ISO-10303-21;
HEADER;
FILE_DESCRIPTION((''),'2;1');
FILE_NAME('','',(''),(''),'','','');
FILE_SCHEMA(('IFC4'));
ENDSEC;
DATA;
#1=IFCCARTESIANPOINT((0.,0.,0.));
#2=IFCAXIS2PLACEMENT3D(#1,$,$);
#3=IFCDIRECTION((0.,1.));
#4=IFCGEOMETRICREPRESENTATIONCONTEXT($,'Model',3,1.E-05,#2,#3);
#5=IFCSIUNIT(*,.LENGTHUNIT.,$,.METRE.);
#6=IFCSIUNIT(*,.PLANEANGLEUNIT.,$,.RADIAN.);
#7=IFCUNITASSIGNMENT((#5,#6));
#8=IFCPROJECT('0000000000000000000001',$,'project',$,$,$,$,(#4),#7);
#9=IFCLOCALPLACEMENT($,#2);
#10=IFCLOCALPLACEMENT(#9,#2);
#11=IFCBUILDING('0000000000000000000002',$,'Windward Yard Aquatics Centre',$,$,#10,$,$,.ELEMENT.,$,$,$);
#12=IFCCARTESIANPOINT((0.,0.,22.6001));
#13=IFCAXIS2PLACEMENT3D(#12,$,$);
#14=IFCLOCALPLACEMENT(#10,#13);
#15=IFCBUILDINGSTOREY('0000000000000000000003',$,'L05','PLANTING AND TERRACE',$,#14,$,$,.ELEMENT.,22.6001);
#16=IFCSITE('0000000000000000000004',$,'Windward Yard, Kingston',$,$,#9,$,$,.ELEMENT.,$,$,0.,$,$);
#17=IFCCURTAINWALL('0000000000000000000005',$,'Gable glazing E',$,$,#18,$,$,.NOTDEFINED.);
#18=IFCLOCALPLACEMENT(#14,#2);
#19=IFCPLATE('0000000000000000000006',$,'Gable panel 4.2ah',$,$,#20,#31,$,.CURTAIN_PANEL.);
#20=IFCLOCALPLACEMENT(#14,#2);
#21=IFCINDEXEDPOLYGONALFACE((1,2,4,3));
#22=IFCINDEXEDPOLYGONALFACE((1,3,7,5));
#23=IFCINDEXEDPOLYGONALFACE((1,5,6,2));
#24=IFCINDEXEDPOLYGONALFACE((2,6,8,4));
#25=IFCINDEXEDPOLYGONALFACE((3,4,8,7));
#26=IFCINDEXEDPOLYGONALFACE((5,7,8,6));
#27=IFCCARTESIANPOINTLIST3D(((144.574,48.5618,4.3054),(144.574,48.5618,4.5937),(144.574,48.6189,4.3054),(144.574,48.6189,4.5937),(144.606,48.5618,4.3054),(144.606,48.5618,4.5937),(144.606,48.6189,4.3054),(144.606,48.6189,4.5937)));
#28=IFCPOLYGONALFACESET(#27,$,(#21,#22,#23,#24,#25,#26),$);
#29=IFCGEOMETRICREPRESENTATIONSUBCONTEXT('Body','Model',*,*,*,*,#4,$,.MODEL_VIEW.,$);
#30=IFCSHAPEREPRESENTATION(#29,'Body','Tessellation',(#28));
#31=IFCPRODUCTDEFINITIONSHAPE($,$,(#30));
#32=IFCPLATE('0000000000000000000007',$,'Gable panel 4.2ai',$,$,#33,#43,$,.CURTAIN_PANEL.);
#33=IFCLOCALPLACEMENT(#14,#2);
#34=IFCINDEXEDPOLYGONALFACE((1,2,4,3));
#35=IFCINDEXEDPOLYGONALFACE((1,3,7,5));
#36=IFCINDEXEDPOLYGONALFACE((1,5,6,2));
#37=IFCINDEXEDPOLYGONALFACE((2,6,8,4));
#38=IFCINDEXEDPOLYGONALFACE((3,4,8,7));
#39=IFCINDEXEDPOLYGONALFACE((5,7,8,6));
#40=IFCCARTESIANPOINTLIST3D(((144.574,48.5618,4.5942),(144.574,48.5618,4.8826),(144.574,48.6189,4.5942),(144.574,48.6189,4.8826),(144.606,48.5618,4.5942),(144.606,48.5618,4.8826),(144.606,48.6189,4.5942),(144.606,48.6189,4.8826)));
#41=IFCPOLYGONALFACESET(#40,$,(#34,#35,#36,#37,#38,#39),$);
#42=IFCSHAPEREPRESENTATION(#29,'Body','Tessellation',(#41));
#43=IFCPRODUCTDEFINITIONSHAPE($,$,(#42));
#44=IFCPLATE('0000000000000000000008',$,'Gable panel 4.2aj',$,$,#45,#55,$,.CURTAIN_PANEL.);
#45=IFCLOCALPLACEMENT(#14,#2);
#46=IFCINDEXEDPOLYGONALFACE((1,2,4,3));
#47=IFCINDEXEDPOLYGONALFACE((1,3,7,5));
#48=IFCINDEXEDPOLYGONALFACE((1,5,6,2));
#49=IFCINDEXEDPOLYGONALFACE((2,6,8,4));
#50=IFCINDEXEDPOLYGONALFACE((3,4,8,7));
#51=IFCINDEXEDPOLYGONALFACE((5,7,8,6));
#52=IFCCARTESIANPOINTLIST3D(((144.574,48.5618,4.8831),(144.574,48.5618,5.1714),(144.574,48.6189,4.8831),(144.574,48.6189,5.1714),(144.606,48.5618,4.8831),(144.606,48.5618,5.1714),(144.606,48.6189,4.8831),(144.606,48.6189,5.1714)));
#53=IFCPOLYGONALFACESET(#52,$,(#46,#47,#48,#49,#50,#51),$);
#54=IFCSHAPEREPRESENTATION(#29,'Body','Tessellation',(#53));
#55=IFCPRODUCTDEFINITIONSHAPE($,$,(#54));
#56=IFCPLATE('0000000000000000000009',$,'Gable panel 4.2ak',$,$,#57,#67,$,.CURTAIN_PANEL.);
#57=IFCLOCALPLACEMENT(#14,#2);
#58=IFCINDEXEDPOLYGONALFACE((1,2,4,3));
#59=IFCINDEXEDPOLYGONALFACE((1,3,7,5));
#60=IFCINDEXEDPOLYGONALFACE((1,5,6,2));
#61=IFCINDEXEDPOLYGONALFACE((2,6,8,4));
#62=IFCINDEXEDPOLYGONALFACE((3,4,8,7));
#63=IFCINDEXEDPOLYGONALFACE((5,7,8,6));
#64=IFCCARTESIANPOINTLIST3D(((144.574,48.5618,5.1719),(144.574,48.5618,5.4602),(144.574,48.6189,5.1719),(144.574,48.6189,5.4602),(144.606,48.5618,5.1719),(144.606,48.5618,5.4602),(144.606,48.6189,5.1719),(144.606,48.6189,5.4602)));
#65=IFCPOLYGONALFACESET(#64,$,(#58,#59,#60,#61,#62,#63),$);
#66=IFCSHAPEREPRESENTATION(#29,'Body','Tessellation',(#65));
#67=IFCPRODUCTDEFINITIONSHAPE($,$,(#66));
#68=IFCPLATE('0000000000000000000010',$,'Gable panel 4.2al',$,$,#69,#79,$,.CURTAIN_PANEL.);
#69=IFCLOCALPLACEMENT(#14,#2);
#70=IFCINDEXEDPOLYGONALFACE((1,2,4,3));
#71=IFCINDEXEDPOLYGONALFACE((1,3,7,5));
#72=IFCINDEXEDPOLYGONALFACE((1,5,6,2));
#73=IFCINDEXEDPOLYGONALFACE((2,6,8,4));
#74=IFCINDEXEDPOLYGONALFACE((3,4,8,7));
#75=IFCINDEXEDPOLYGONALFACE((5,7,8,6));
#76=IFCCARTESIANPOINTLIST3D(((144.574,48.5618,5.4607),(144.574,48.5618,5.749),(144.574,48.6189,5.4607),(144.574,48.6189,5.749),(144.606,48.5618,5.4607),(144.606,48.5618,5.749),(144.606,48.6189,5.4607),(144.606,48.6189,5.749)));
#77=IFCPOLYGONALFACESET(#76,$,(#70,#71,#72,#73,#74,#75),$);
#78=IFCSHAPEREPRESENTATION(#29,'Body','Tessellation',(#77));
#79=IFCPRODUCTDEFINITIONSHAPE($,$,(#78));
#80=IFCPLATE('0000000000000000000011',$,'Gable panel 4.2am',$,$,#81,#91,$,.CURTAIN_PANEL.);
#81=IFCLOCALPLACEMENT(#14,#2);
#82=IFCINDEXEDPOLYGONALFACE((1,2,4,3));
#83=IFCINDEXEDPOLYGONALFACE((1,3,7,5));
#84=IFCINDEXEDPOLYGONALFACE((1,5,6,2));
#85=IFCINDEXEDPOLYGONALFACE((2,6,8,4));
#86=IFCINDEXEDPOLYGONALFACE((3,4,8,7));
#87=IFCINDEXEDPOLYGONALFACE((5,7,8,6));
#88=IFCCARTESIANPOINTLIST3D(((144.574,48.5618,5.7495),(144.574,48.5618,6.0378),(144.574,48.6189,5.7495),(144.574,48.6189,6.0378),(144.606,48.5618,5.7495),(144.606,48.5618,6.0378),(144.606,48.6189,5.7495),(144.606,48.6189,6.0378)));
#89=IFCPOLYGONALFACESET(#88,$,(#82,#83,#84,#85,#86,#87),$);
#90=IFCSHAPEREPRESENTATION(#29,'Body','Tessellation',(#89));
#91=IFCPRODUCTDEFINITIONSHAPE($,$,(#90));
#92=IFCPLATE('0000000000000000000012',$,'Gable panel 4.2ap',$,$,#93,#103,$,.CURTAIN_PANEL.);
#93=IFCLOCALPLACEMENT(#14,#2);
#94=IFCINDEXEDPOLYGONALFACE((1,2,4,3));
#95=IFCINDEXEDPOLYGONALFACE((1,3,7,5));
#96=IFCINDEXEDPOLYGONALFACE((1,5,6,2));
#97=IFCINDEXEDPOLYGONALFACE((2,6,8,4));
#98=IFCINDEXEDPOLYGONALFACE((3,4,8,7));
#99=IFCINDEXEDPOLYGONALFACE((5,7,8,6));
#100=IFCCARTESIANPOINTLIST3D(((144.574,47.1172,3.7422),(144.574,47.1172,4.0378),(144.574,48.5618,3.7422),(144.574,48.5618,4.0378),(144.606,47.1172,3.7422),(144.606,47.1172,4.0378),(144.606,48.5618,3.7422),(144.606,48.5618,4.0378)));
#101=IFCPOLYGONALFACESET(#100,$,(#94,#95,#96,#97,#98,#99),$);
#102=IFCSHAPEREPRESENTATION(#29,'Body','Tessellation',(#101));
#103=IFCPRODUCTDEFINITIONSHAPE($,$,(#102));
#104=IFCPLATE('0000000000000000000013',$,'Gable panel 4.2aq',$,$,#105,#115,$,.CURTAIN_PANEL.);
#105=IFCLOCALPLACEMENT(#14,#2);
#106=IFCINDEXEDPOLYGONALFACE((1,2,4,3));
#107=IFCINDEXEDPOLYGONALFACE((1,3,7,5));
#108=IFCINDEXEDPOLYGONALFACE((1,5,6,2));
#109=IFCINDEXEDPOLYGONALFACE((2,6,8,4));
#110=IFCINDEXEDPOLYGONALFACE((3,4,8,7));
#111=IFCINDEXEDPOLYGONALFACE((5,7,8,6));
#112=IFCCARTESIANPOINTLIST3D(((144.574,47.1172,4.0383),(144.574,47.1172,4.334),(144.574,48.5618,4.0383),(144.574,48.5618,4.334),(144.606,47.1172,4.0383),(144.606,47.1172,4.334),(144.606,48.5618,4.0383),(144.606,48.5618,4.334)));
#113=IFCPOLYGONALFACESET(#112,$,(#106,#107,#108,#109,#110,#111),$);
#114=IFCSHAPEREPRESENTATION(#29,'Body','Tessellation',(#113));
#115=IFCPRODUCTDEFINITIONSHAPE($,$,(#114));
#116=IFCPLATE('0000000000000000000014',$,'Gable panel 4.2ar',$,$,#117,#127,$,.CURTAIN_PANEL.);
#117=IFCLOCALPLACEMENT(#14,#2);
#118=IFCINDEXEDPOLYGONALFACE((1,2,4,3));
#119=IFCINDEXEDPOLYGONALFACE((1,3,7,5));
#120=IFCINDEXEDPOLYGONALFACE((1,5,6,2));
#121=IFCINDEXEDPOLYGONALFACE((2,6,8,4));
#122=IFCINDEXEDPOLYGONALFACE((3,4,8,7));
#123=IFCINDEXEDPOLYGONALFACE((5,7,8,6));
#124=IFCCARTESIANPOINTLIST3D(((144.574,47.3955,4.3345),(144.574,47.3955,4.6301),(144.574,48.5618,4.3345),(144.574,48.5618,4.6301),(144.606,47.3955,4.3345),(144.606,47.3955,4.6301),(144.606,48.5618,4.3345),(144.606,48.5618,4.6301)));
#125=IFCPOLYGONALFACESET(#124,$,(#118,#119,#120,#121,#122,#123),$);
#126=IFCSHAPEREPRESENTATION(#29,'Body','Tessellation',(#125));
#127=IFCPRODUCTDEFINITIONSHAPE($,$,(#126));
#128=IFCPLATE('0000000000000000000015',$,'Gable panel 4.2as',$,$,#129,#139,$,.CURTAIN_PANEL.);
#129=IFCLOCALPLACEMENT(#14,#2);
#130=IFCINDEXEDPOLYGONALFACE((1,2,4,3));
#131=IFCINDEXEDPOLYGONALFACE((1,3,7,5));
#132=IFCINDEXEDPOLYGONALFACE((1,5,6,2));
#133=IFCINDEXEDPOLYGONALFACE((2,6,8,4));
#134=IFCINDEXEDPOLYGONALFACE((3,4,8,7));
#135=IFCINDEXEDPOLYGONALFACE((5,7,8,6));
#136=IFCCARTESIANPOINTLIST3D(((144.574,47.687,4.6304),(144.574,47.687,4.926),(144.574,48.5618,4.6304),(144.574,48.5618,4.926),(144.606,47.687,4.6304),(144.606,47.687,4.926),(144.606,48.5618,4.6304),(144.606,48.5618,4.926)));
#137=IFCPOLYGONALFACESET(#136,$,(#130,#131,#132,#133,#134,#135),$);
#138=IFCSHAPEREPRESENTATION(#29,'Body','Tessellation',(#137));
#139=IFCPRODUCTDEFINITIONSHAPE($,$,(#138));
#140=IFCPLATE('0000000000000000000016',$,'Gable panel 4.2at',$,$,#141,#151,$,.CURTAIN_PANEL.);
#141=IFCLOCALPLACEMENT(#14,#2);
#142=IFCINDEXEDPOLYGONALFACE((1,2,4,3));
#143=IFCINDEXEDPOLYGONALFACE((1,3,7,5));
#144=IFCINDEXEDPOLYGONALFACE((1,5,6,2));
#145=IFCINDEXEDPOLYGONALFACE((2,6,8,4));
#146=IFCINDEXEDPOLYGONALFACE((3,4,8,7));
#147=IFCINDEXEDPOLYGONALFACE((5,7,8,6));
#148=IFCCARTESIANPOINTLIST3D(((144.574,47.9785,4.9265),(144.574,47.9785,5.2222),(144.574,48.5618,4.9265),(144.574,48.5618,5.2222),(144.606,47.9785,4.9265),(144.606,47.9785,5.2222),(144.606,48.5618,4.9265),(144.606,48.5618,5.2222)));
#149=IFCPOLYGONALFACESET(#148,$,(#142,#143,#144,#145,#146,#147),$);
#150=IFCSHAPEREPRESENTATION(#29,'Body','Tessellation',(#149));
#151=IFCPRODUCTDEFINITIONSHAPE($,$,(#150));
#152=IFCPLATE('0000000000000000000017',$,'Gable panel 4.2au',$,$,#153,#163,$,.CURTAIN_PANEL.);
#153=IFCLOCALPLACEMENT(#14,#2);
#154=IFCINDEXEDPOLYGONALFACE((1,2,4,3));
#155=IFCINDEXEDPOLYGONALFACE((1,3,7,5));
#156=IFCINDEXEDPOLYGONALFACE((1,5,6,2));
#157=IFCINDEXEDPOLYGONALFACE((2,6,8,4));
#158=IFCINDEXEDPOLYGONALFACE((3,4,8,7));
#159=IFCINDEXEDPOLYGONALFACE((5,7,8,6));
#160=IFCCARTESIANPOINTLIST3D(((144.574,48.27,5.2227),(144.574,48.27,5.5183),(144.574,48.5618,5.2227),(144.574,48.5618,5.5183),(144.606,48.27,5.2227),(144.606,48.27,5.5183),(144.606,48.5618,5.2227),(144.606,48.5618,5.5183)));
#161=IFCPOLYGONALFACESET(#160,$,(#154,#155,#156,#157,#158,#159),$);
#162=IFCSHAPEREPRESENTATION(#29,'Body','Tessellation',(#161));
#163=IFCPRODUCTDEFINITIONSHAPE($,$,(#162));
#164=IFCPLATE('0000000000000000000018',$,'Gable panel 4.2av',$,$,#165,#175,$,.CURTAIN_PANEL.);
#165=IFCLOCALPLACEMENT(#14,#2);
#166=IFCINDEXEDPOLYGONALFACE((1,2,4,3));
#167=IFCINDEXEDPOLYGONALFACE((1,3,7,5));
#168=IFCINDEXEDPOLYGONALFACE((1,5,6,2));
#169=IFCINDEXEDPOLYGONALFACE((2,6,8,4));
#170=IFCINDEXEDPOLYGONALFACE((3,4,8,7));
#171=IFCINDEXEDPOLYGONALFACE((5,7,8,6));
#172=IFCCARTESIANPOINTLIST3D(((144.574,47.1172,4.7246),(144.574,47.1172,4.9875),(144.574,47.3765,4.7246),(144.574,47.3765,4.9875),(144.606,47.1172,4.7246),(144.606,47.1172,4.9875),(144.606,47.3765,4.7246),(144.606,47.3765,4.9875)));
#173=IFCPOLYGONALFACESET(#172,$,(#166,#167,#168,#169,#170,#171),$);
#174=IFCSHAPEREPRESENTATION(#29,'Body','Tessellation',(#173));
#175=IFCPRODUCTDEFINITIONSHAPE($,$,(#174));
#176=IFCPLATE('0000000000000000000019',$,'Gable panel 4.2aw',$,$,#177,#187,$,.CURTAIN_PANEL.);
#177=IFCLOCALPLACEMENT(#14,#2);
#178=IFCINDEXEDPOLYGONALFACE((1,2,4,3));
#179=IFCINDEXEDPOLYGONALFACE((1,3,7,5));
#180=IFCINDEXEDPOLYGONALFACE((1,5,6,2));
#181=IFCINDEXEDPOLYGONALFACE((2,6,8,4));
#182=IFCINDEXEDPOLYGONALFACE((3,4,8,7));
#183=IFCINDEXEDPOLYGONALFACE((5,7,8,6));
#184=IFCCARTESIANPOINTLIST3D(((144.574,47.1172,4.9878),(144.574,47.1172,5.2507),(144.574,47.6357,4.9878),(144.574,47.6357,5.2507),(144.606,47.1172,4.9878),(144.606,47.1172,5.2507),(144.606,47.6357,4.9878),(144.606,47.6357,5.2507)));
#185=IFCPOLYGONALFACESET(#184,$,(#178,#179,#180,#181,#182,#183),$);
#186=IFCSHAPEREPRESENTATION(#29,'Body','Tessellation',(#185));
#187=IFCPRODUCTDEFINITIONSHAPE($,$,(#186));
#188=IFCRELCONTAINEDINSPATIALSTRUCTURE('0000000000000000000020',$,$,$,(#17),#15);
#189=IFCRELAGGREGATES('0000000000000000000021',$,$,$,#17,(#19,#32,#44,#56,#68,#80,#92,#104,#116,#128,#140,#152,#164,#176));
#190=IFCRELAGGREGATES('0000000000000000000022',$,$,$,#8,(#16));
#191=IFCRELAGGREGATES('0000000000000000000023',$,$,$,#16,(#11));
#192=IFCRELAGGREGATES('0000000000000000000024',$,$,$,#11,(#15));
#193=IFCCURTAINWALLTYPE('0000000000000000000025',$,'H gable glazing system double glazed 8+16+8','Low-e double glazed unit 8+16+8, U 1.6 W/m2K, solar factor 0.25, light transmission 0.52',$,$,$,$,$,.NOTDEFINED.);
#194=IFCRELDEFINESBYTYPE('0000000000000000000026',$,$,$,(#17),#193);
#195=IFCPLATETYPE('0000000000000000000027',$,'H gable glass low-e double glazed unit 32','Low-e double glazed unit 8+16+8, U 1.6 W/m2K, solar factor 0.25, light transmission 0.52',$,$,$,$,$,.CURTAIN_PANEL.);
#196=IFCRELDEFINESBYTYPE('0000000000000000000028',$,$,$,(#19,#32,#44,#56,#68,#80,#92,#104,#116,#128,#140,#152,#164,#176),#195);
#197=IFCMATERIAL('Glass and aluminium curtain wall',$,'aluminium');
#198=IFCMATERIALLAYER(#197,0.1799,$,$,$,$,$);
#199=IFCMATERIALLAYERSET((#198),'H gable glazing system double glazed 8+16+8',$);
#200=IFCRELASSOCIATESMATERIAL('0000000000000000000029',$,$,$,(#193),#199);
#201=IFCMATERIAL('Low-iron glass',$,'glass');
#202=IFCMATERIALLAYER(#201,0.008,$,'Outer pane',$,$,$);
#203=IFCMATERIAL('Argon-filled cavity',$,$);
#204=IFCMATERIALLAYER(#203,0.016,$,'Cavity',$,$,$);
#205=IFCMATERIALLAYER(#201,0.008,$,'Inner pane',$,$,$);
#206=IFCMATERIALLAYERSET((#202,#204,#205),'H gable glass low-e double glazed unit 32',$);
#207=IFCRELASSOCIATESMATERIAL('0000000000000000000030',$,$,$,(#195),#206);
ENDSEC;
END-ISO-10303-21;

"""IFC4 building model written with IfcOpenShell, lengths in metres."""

from ifc_helpers import new_model, si_unit, direction, frame, origin, place, context, subcontext, project, spatial, polyline, outline, extrude, material, layer, layer_set, type_object, element, aggregate, save


model = new_model("IFC4")

# Units and contexts
model_context = context("Model", 3, precision=1e-05, world=origin(), true_north=direction((0.0, 1.0)))
body_context = subcontext(model_context, "Body", "Model", "MODEL_VIEW")
ifc_project = project(units=[si_unit("LENGTHUNIT", "METRE"), si_unit("PLANEANGLEUNIT", "RADIAN")], contexts=[model_context])

# Site, building, storey
site_placement = place(None, origin())
site = spatial("IfcSite", under=ifc_project, at=site_placement, Name="Windward Yard, Kingston", CompositionType="ELEMENT", RefElevation=0.0)
building_placement = place(site_placement, origin())
building = spatial("IfcBuilding", under=site, at=building_placement, Name="Windward Yard Aquatics Centre", CompositionType="ELEMENT")
storey_placement = place(building_placement, frame((0.0, 0.0, 22.6001)))
storey = spatial("IfcBuildingStorey", under=building, at=storey_placement, Name="L05", Description="PLANTING AND TERRACE", CompositionType="ELEMENT", Elevation=22.6001)

# Curtain wall, plates
ifc_material_1 = material(Name="Glass and aluminium curtain wall", Category="aluminium")
ifc_layer_1 = layer(ifc_material_1, 0.1799)
ifc_layer_set_1 = layer_set([ifc_layer_1], Name="H gable glazing system double glazed 8+16+8")
curtain_wall_type = type_object("IfcCurtainWallType", Name="H gable glazing system double glazed 8+16+8", Description="Low-e double glazed unit 8+16+8, U 1.6 W/m2K, solar factor 0.25, light transmission 0.52", PredefinedType="NOTDEFINED", material=ifc_layer_set_1)
curtain_wall_placement = place(storey_placement, origin())
curtain_wall = element("IfcCurtainWall", 1, at=curtain_wall_placement, inside=storey, type_object=curtain_wall_type, Name="Gable glazing E", PredefinedType="NOTDEFINED")
ifc_material_2 = material(Name="Low-iron glass", Category="glass")
ifc_layer_2 = layer(ifc_material_2, 0.008, Name="Outer pane")
ifc_material_3 = material(Name="Argon-filled cavity")
ifc_layer_3 = layer(ifc_material_3, 0.016, Name="Cavity")
ifc_layer_4 = layer(ifc_material_2, 0.008, Name="Inner pane")
ifc_layer_set_2 = layer_set([ifc_layer_2, ifc_layer_3, ifc_layer_4], Name="H gable glass low-e double glazed unit 32")
plate_type = type_object("IfcPlateType", Name="H gable glass low-e double glazed unit 32", Description="Low-e double glazed unit 8+16+8, U 1.6 W/m2K, solar factor 0.25, light transmission 0.52", PredefinedType="CURTAIN_PANEL", material=ifc_layer_set_2)
plate_1_placement = place(storey_placement, frame((144.606, 48.5618, 4.3054), z_axis=(1.0, 0.0, 0.0), x_axis=(0.0, 1.0, 0.0)))
plate_1 = element("IfcPlate", 2, at=plate_1_placement, type_object=plate_type, Name="Gable panel 4.2ah", PredefinedType="CURTAIN_PANEL", context=body_context, shape_type="SweptSolid", body=[
    extrude(outline(polyline([(0.0, 0.0), (0.0571, 0.0), (0.0571, 0.2883), (0.0, 0.2883), (0.0, 0.0)])), origin(), (0.0, 0.0, -1.0), 0.032),
])
plate_2_placement = place(storey_placement, frame((144.606, 48.5618, 4.5942), z_axis=(1.0, 0.0, 0.0), x_axis=(0.0, 1.0, 0.0)))
plate_2 = element("IfcPlate", 3, at=plate_2_placement, type_object=plate_type, Name="Gable panel 4.2ai", PredefinedType="CURTAIN_PANEL", context=body_context, shape_type="SweptSolid", body=[
    extrude(outline(polyline([(0.0, 0.0), (0.0571, 0.0), (0.0571, 0.2883), (0.0, 0.2883), (0.0, 0.0)])), origin(), (0.0, 0.0, -1.0), 0.032),
])
plate_3_placement = place(storey_placement, frame((144.606, 48.5618, 4.8831), z_axis=(1.0, 0.0, 0.0), x_axis=(0.0, 1.0, 0.0)))
plate_3 = element("IfcPlate", 4, at=plate_3_placement, type_object=plate_type, Name="Gable panel 4.2aj", PredefinedType="CURTAIN_PANEL", context=body_context, shape_type="SweptSolid", body=[
    extrude(outline(polyline([(0.0, 0.0), (0.0571, 0.0), (0.0571, 0.2883), (0.0, 0.2883), (0.0, 0.0)])), origin(), (0.0, 0.0, -1.0), 0.032),
])
plate_4_placement = place(storey_placement, frame((144.606, 48.5618, 5.1719), z_axis=(1.0, 0.0, 0.0), x_axis=(0.0, 1.0, 0.0)))
plate_4 = element("IfcPlate", 5, at=plate_4_placement, type_object=plate_type, Name="Gable panel 4.2ak", PredefinedType="CURTAIN_PANEL", context=body_context, shape_type="SweptSolid", body=[
    extrude(outline(polyline([(0.0, 0.0), (0.0571, 0.0), (0.0571, 0.2883), (0.0, 0.2883), (0.0, 0.0)])), origin(), (0.0, 0.0, -1.0), 0.032),
])
plate_5_placement = place(storey_placement, frame((144.606, 48.5618, 5.4607), z_axis=(1.0, 0.0, 0.0), x_axis=(0.0, 1.0, 0.0)))
plate_5 = element("IfcPlate", 6, at=plate_5_placement, type_object=plate_type, Name="Gable panel 4.2al", PredefinedType="CURTAIN_PANEL", context=body_context, shape_type="SweptSolid", body=[
    extrude(outline(polyline([(0.0, 0.0), (0.0571, 0.0), (0.0571, 0.2883), (0.0, 0.2883), (0.0, 0.0)])), origin(), (0.0, 0.0, -1.0), 0.032),
])
plate_6_placement = place(storey_placement, frame((144.606, 48.5618, 5.7495), z_axis=(1.0, 0.0, 0.0), x_axis=(0.0, 1.0, 0.0)))
plate_6 = element("IfcPlate", 7, at=plate_6_placement, type_object=plate_type, Name="Gable panel 4.2am", PredefinedType="CURTAIN_PANEL", context=body_context, shape_type="SweptSolid", body=[
    extrude(outline(polyline([(0.0, 0.0), (0.0571, 0.0), (0.0571, 0.2883), (0.0, 0.2883), (0.0, 0.0)])), origin(), (0.0, 0.0, -1.0), 0.032),
])
plate_7_placement = place(storey_placement, frame((144.606, 47.1172, 3.7422), z_axis=(1.0, 0.0, 0.0), x_axis=(0.0, 1.0, 0.0)))
plate_7 = element("IfcPlate", 8, at=plate_7_placement, type_object=plate_type, Name="Gable panel 4.2ap", PredefinedType="CURTAIN_PANEL", context=body_context, shape_type="SweptSolid", body=[
    extrude(outline(polyline([(0.0, 0.0), (1.4446, 0.0), (1.4446, 0.2957), (0.0, 0.2957), (0.0, 0.0)])), origin(), (0.0, 0.0, -1.0), 0.032),
])
plate_8_placement = place(storey_placement, frame((144.606, 47.1172, 4.0383), z_axis=(1.0, 0.0, 0.0), x_axis=(0.0, 1.0, 0.0)))
plate_8 = element("IfcPlate", 9, at=plate_8_placement, type_object=plate_type, Name="Gable panel 4.2aq", PredefinedType="CURTAIN_PANEL", context=body_context, shape_type="SweptSolid", body=[
    extrude(outline(polyline([(0.0, 0.0), (1.4446, 0.0), (1.4446, 0.2957), (0.0, 0.2957), (0.0, 0.0)])), origin(), (0.0, 0.0, -1.0), 0.032),
])
plate_9_placement = place(storey_placement, frame((144.606, 47.3955, 4.3345), z_axis=(1.0, 0.0, 0.0), x_axis=(0.0, 1.0, 0.0)))
plate_9 = element("IfcPlate", 10, at=plate_9_placement, type_object=plate_type, Name="Gable panel 4.2ar", PredefinedType="CURTAIN_PANEL", context=body_context, shape_type="SweptSolid", body=[
    extrude(outline(polyline([(0.0, 0.0), (1.1663, 0.0), (1.1663, 0.2957), (0.0, 0.2957), (0.0, 0.0)])), origin(), (0.0, 0.0, -1.0), 0.032),
])
plate_10_placement = place(storey_placement, frame((144.606, 47.687, 4.6304), z_axis=(1.0, 0.0, 0.0), x_axis=(0.0, 1.0, 0.0)))
plate_10 = element("IfcPlate", 11, at=plate_10_placement, type_object=plate_type, Name="Gable panel 4.2as", PredefinedType="CURTAIN_PANEL", context=body_context, shape_type="SweptSolid", body=[
    extrude(outline(polyline([(0.0, 0.0), (0.8748, 0.0), (0.8748, 0.2957), (0.0, 0.2957), (0.0, 0.0)])), origin(), (0.0, 0.0, -1.0), 0.032),
])
plate_11_placement = place(storey_placement, frame((144.606, 47.9785, 4.9265), z_axis=(1.0, 0.0, 0.0), x_axis=(0.0, 1.0, 0.0)))
plate_11 = element("IfcPlate", 12, at=plate_11_placement, type_object=plate_type, Name="Gable panel 4.2at", PredefinedType="CURTAIN_PANEL", context=body_context, shape_type="SweptSolid", body=[
    extrude(outline(polyline([(0.0, 0.0), (0.5833, 0.0), (0.5833, 0.2957), (0.0, 0.2957), (0.0, 0.0)])), origin(), (0.0, 0.0, -1.0), 0.032),
])
plate_12_placement = place(storey_placement, frame((144.606, 48.27, 5.2227), z_axis=(1.0, 0.0, 0.0), x_axis=(0.0, 1.0, 0.0)))
plate_12 = element("IfcPlate", 13, at=plate_12_placement, type_object=plate_type, Name="Gable panel 4.2au", PredefinedType="CURTAIN_PANEL", context=body_context, shape_type="SweptSolid", body=[
    extrude(outline(polyline([(0.0, 0.0), (0.2917, 0.0), (0.2917, 0.2957), (0.0, 0.2957), (0.0, 0.0)])), origin(), (0.0, 0.0, -1.0), 0.032),
])
plate_13_placement = place(storey_placement, frame((144.606, 47.1172, 4.7246), z_axis=(1.0, 0.0, 0.0), x_axis=(0.0, 1.0, 0.0)))
plate_13 = element("IfcPlate", 14, at=plate_13_placement, type_object=plate_type, Name="Gable panel 4.2av", PredefinedType="CURTAIN_PANEL", context=body_context, shape_type="SweptSolid", body=[
    extrude(outline(polyline([(0.0, 0.0), (0.2593, 0.0), (0.2593, 0.2629), (0.0, 0.2629), (0.0, 0.0)])), origin(), (0.0, 0.0, -1.0), 0.032),
])
plate_14_placement = place(storey_placement, frame((144.606, 47.1172, 4.9878), z_axis=(1.0, 0.0, 0.0), x_axis=(0.0, 1.0, 0.0)))
plate_14 = element("IfcPlate", 15, at=plate_14_placement, type_object=plate_type, Name="Gable panel 4.2aw", PredefinedType="CURTAIN_PANEL", context=body_context, shape_type="SweptSolid", body=[
    extrude(outline(polyline([(0.0, 0.0), (0.5186, 0.0), (0.5186, 0.2629), (0.0, 0.2629), (0.0, 0.0)])), origin(), (0.0, 0.0, -1.0), 0.032),
])
aggregate(curtain_wall, [plate_1, plate_2, plate_3, plate_4, plate_5, plate_6, plate_7, plate_8, plate_9, plate_10, plate_11, plate_12, plate_13, plate_14])

save(model, "model.ifc")
